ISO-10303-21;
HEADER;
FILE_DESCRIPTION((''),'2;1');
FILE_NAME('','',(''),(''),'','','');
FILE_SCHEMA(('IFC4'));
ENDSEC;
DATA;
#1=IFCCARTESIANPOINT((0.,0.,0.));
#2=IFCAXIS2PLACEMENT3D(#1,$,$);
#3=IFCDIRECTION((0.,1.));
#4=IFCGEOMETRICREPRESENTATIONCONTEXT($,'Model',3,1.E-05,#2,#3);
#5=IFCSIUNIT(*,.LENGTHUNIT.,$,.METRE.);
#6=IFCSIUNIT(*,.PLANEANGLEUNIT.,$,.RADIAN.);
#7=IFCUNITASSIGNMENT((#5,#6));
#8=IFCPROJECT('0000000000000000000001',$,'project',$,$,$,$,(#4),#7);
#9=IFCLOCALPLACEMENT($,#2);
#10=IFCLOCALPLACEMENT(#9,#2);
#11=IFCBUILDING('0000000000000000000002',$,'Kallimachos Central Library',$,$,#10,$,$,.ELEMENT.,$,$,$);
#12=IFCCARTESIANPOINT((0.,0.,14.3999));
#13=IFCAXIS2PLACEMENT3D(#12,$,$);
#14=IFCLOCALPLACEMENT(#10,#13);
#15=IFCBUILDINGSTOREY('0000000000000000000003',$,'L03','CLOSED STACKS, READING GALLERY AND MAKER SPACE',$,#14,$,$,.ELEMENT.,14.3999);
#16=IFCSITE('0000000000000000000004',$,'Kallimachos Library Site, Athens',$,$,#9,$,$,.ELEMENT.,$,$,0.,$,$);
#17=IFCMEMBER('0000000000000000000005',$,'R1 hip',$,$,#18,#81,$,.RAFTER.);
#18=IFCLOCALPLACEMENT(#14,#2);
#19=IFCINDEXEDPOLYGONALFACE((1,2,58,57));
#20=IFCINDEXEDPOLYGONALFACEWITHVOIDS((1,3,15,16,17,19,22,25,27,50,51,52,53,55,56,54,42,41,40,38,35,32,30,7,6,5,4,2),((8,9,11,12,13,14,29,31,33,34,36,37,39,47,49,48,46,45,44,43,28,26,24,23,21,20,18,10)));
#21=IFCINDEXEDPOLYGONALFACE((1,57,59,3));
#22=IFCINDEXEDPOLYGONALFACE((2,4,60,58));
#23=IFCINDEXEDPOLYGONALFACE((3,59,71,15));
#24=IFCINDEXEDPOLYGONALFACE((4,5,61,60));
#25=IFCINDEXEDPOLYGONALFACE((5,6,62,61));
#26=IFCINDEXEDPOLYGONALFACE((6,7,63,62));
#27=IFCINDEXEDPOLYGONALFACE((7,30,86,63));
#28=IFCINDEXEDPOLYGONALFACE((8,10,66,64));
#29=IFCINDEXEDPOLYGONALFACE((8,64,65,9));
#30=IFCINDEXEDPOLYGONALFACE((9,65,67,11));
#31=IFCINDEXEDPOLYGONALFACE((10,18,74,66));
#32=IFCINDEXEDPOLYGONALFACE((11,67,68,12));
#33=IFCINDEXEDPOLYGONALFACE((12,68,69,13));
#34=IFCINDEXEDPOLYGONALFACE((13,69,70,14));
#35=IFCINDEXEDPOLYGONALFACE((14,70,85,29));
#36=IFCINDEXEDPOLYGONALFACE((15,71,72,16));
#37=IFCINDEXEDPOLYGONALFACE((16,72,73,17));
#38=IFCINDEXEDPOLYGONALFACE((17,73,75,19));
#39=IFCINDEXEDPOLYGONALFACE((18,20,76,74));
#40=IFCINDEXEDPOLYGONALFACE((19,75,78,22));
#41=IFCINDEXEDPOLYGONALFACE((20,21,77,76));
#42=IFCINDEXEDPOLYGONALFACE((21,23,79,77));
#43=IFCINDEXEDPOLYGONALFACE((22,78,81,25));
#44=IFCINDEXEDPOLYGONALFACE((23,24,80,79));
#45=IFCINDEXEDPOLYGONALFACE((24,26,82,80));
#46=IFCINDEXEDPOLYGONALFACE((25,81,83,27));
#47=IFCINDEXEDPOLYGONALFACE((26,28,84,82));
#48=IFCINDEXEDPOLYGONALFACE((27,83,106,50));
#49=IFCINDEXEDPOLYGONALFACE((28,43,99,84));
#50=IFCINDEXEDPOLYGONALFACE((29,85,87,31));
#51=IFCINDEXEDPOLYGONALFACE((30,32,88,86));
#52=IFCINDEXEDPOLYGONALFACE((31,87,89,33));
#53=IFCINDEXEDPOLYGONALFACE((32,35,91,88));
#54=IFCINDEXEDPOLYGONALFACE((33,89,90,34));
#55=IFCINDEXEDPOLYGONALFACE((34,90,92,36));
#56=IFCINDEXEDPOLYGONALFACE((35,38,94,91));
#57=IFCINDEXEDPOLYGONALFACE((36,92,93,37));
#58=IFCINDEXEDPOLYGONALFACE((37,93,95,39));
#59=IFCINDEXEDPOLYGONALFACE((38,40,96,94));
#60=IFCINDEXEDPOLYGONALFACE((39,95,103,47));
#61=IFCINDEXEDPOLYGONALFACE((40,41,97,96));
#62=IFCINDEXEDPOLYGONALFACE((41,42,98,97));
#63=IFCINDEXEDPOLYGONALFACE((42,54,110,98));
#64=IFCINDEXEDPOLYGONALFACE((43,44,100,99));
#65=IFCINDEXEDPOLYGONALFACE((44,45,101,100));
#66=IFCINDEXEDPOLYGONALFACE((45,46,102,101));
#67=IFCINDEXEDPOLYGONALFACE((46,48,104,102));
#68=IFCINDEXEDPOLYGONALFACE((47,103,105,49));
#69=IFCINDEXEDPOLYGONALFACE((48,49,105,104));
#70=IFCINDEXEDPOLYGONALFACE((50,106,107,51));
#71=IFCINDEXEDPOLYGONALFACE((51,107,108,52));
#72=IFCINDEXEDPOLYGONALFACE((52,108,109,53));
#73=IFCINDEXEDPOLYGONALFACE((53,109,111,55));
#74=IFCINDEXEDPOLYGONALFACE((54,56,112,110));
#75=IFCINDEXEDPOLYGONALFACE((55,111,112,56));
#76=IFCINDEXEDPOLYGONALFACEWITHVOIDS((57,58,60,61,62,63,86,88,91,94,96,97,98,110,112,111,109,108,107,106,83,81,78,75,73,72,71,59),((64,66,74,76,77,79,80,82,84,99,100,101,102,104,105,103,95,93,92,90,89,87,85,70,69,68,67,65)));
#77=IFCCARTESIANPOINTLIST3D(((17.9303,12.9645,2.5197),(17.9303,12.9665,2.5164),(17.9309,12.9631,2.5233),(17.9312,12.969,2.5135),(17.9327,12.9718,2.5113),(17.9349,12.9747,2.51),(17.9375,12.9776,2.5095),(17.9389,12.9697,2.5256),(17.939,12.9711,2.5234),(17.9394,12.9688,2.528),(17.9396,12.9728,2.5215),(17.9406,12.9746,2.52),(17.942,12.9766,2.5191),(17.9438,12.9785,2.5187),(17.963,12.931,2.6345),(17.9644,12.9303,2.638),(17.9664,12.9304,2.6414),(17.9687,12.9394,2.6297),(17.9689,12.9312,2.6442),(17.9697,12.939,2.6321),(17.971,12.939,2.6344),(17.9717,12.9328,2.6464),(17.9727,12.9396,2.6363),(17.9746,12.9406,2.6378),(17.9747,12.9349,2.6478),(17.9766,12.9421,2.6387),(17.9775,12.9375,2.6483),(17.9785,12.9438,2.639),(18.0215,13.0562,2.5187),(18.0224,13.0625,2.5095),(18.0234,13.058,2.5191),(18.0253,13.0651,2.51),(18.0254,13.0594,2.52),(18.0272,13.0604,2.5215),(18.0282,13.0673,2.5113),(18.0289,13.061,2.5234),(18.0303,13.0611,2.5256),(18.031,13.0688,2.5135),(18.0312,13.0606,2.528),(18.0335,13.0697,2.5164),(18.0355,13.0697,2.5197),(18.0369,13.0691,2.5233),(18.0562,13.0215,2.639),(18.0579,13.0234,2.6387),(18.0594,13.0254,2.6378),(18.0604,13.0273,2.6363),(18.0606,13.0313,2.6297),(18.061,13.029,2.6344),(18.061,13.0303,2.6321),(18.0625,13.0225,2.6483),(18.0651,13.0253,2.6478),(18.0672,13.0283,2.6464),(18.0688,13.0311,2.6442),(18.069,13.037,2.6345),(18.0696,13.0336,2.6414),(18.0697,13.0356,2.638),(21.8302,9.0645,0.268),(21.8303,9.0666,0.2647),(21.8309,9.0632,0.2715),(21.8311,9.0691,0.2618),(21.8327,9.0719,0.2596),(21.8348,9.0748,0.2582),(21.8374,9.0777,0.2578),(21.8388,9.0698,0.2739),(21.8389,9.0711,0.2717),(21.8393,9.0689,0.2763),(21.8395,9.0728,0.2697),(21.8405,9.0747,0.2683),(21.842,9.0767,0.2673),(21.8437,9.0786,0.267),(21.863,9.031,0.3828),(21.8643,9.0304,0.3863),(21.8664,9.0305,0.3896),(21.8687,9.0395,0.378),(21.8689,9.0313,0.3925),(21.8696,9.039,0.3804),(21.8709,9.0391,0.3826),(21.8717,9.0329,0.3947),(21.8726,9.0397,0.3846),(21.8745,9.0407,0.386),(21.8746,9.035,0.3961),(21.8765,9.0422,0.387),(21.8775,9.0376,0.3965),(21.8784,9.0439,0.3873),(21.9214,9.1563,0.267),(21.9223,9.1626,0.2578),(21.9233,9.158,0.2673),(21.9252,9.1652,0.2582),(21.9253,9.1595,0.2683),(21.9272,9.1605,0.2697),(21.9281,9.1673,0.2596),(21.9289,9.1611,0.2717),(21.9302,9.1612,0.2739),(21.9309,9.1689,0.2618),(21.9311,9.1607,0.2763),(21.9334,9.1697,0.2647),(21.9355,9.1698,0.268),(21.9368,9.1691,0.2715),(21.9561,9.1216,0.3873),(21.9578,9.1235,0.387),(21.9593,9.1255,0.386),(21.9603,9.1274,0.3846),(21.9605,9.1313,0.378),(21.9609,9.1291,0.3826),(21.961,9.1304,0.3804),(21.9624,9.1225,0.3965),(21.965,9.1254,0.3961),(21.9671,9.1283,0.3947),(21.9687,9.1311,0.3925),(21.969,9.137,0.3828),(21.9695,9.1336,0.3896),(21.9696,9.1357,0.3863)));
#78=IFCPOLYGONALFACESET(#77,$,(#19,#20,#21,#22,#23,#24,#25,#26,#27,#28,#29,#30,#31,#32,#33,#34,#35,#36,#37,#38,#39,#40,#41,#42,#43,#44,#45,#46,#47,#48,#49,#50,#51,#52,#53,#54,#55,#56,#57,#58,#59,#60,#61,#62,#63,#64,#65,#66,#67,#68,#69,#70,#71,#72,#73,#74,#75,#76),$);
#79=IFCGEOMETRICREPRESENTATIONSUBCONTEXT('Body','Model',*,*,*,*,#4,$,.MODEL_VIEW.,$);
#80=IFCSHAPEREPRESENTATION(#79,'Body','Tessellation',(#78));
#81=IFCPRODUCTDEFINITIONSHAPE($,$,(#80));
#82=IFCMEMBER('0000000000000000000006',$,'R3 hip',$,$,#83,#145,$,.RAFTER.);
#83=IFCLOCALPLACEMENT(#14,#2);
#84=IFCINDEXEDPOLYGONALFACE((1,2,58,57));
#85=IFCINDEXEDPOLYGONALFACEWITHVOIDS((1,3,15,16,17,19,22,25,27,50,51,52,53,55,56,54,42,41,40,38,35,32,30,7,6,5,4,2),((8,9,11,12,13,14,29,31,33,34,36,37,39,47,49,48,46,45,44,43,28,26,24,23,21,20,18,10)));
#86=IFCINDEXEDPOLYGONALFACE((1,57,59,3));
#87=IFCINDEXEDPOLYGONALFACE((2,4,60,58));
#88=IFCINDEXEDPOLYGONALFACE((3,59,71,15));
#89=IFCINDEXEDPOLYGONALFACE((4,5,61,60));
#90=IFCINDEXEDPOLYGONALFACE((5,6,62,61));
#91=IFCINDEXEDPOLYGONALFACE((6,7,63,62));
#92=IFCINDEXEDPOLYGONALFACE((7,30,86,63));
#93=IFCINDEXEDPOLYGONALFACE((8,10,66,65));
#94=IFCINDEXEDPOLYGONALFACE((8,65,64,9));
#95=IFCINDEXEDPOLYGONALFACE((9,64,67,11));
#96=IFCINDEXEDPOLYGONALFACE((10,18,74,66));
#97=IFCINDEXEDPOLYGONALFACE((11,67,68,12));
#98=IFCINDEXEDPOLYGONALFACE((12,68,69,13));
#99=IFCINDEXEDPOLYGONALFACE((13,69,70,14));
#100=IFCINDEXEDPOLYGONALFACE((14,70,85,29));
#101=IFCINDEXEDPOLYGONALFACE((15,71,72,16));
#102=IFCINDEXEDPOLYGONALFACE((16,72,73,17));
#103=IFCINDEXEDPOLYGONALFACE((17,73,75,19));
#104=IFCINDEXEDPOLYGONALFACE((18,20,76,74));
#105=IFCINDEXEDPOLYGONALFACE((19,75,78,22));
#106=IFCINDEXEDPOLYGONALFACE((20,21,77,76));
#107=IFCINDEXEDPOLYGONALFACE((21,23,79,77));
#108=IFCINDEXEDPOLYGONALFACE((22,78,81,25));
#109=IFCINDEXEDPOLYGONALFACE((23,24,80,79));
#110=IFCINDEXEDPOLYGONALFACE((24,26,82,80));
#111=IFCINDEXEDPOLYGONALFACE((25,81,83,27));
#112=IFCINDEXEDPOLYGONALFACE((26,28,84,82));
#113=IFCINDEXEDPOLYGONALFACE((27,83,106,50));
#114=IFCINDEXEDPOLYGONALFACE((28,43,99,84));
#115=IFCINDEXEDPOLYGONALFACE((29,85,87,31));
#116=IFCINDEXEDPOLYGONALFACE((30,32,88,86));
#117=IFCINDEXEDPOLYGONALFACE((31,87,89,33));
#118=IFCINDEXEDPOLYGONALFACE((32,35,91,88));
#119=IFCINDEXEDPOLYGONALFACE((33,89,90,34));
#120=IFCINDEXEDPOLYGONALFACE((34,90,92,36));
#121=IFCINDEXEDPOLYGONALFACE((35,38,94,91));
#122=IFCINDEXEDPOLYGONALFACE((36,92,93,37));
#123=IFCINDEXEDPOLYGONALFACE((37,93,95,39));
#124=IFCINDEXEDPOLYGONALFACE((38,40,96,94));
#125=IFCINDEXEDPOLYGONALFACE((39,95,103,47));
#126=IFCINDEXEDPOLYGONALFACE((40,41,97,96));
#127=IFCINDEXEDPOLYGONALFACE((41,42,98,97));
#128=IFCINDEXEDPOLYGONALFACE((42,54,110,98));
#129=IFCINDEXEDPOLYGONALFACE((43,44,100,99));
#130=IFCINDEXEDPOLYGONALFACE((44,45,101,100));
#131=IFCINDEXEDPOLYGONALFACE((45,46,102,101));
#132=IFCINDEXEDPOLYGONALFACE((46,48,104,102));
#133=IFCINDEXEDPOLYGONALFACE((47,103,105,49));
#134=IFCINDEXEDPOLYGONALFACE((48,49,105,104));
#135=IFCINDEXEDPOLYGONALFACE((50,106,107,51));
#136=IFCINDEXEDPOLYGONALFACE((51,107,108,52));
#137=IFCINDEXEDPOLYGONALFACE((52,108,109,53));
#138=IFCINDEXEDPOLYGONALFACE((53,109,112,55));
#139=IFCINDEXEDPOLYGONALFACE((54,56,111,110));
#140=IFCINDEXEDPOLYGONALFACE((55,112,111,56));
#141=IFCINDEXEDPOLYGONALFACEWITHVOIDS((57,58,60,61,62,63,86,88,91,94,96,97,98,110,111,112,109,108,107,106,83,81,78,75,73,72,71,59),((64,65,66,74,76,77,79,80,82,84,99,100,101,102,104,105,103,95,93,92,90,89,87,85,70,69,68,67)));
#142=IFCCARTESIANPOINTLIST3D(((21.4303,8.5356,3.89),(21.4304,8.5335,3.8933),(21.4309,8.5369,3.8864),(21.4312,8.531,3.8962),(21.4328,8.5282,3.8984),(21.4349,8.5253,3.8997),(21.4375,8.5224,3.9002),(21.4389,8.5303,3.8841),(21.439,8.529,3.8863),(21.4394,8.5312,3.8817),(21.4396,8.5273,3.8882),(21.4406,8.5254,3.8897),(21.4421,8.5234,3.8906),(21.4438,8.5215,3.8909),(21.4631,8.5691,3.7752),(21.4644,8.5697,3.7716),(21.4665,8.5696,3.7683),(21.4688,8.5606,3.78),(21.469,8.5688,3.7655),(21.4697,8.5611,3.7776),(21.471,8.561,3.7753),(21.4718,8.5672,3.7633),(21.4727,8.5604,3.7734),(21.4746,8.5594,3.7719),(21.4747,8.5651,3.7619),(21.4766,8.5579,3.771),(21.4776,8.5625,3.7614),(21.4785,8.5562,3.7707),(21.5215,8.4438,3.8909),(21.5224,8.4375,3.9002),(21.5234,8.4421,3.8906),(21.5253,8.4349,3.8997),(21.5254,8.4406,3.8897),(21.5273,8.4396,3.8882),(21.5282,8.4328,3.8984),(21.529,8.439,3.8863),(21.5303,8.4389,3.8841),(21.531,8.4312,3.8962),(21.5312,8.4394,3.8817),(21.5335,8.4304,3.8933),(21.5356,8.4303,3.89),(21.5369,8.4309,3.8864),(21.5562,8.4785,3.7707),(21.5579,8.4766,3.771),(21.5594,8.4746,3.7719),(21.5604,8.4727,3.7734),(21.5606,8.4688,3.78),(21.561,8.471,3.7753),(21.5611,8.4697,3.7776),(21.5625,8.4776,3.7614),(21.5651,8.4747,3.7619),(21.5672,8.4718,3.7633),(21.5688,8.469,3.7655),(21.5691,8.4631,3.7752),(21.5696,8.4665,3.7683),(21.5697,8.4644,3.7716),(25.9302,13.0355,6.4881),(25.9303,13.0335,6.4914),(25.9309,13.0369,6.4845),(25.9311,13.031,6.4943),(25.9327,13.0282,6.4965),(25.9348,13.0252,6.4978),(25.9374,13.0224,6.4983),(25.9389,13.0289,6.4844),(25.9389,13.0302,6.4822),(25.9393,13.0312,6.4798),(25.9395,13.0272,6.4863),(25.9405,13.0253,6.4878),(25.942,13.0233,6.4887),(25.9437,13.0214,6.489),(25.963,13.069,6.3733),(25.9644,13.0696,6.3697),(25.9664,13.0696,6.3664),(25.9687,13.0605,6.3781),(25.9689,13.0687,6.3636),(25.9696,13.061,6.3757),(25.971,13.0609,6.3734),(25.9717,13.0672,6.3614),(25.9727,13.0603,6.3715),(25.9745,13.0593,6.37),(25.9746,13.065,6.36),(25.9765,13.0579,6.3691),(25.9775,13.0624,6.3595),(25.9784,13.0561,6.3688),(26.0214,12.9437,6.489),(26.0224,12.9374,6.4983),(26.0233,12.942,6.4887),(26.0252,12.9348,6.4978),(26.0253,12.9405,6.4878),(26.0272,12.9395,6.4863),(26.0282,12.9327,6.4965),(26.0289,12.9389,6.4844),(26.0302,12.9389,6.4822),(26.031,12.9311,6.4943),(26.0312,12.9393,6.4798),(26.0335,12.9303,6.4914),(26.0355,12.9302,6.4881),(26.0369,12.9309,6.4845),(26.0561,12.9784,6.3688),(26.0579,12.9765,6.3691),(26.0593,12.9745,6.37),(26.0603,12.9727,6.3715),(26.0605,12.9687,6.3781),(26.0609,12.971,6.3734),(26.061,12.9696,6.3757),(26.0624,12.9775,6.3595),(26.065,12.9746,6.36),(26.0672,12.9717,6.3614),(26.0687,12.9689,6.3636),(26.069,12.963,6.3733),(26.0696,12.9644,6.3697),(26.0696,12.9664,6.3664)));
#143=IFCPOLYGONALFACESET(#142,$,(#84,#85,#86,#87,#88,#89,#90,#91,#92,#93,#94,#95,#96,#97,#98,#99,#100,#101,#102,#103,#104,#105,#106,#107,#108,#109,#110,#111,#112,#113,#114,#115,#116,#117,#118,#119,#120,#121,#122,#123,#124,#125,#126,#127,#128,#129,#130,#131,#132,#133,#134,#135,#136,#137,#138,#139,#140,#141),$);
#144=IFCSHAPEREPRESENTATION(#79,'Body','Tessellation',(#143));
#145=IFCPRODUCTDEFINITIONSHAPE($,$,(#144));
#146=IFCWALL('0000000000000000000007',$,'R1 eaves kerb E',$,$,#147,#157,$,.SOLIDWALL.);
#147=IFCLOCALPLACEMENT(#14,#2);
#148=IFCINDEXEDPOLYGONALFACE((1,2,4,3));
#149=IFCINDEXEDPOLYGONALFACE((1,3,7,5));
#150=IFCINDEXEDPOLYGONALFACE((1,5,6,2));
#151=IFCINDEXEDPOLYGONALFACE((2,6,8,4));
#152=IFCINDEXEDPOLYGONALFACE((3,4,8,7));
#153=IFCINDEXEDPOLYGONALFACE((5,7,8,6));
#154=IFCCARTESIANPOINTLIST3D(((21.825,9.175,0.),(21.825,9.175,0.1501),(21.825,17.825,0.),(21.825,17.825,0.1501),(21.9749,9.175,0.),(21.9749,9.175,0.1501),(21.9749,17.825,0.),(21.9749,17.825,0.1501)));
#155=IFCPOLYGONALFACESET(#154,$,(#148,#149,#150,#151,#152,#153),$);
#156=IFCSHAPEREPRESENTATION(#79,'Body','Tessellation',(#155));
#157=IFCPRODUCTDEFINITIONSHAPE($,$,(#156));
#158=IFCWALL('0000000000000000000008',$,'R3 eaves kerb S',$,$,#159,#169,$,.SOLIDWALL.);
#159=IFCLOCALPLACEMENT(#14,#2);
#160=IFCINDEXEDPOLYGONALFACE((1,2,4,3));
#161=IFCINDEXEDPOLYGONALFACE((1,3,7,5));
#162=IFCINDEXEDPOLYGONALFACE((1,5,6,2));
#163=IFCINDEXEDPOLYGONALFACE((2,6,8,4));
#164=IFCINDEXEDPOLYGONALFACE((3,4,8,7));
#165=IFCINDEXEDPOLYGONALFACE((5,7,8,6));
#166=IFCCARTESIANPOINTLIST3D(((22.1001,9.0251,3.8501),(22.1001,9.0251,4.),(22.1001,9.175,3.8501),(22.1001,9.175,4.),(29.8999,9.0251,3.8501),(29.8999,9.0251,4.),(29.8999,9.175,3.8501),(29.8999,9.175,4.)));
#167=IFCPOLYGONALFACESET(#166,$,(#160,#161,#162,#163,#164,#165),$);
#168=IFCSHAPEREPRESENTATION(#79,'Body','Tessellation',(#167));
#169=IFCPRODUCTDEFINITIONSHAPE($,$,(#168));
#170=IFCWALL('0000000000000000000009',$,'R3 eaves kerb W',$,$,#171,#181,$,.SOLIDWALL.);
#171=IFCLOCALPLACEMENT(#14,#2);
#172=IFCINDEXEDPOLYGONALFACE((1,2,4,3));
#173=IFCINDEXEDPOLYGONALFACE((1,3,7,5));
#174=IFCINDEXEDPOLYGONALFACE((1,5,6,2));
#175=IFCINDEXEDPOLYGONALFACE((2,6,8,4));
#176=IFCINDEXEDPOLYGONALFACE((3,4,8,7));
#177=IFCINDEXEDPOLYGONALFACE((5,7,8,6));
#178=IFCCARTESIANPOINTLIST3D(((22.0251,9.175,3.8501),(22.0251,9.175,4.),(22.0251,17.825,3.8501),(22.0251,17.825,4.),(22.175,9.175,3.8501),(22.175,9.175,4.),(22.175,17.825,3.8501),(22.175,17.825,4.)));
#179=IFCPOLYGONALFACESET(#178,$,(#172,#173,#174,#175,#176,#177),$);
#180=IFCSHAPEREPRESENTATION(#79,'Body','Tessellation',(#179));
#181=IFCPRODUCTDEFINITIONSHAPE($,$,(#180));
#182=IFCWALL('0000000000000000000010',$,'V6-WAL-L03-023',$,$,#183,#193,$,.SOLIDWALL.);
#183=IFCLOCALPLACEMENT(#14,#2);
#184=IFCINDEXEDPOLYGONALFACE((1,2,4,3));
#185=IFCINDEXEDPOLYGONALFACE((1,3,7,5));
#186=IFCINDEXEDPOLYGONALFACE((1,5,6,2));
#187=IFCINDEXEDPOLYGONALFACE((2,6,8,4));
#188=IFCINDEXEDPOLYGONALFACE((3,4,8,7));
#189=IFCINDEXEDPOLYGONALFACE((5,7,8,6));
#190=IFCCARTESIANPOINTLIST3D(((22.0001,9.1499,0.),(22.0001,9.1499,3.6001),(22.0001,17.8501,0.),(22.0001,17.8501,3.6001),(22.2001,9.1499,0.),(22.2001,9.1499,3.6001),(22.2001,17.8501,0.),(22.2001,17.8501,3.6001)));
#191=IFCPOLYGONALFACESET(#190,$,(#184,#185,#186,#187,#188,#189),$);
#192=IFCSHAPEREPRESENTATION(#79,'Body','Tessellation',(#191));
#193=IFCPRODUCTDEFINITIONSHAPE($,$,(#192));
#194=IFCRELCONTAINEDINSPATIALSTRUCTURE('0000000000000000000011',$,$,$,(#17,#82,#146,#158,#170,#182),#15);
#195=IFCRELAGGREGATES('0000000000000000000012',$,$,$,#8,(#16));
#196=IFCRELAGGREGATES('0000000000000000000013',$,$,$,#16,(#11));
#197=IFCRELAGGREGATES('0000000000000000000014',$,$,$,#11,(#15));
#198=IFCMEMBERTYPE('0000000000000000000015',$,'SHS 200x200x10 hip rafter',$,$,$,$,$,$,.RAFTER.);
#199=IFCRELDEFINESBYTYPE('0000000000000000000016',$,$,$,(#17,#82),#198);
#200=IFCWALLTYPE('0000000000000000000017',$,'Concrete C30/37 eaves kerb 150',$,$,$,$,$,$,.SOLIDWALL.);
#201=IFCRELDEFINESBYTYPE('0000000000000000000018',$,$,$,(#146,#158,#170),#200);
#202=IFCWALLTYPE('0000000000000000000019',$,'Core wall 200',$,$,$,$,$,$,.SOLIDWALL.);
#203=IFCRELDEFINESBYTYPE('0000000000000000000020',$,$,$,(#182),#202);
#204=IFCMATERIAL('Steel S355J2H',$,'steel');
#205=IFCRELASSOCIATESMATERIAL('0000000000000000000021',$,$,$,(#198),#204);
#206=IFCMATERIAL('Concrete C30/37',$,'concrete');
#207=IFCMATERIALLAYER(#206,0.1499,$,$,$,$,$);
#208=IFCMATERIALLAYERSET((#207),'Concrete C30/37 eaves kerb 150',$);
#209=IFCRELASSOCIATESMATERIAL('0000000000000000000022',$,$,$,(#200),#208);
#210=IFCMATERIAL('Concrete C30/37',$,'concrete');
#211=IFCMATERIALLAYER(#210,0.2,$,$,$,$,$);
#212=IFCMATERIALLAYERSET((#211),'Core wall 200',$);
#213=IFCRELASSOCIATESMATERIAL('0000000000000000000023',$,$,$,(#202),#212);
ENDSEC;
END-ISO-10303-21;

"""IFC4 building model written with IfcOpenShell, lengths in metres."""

from ifc_helpers import new_model, si_unit, direction, frame, frame_2d, origin, origin_2d, place, context, subcontext, project, spatial, rectangle, hollow_rectangle, extrude, material, layer, layer_set, material_profile, profile_set, type_object, element, save


model = new_model("IFC4")

# Units and contexts
model_context = context("Model", 3, precision=1e-05, world=origin(), true_north=direction((0.0, 1.0)))
body_context = subcontext(model_context, "Body", "Model", "MODEL_VIEW")
ifc_project = project(units=[si_unit("LENGTHUNIT", "METRE"), si_unit("PLANEANGLEUNIT", "RADIAN")], contexts=[model_context])

# Site, building, storey
site_placement = place(None, origin())
site = spatial("IfcSite", under=ifc_project, at=site_placement, Name="Kallimachos Library Site, Athens", CompositionType="ELEMENT", RefElevation=0.0)
building_placement = place(site_placement, origin())
building = spatial("IfcBuilding", under=site, at=building_placement, Name="Kallimachos Central Library", CompositionType="ELEMENT")
storey_placement = place(building_placement, frame((0.0, 0.0, 14.3999)))
storey = spatial("IfcBuildingStorey", under=building, at=storey_placement, Name="L03", Description="CLOSED STACKS, READING GALLERY AND MAKER SPACE", CompositionType="ELEMENT", Elevation=14.3999)

# Members
ifc_material_1 = material(Name="Steel S355J2H", Category="steel")
ifc_material_profile_1 = material_profile(ifc_material_1, hollow_rectangle(XDim=0.1499, YDim=0.1499, WallThickness=0.01, InnerFilletRadius=0.01, OuterFilletRadius=0.0149, at=origin_2d()), Name="SHS 150x150x10")
ifc_profile_set_1 = profile_set([ifc_material_profile_1], Name="Steel S355J2H")
member_type_1 = type_object("IfcMemberType", Name="SHS 200x200x10 hip rafter", PredefinedType="RAFTER", material=ifc_profile_set_1)
member_1_placement = place(storey_placement, frame((21.8999, 9.1001, 0.3271), z_axis=(-0.65465, 0.65465, 0.377979), x_axis=(-0.707107, -0.707107, 0.0)))
element("IfcMember", 1, at=member_1_placement, inside=storey, type_object=member_type_1, Name="R1 hip", PredefinedType="RAFTER", context=body_context, shape_type="SweptSolid", body=[
    extrude(hollow_rectangle(XDim=0.1499, YDim=0.1499, WallThickness=0.01, InnerFilletRadius=0.01, OuterFilletRadius=0.0149, at=origin_2d()), origin(), (0.0, 0.0, 1.0), 5.9573),
])
member_2_placement = place(storey_placement, frame((21.5, 8.5, 3.8308), z_axis=(0.654651, 0.654651, 0.377973), x_axis=(-0.707107, 0.707107, 0.0)))
element("IfcMember", 2, at=member_2_placement, inside=storey, type_object=member_type_1, Name="R3 hip", PredefinedType="RAFTER", context=body_context, shape_type="SweptSolid", body=[
    extrude(hollow_rectangle(XDim=0.1499, YDim=0.1499, WallThickness=0.01, InnerFilletRadius=0.01, OuterFilletRadius=0.0149, at=origin_2d()), origin(), (0.0, 0.0, 1.0), 6.8738),
])

# Walls
ifc_material_2 = material(Name="Concrete C30/37", Category="concrete")
ifc_layer_1 = layer(ifc_material_2, 0.1499)
ifc_layer_set_1 = layer_set([ifc_layer_1], Name="Concrete C30/37 eaves kerb 150")
wall_type_1 = type_object("IfcWallType", Name="Concrete C30/37 eaves kerb 150", PredefinedType="SOLIDWALL", material=ifc_layer_set_1)
wall_1_placement = place(storey_placement, frame((21.8999, 9.175, 0.0), z_axis=(0.0, 0.0, 1.0), x_axis=(0.0, 1.0, 0.0)))
element("IfcWall", 3, at=wall_1_placement, inside=storey, type_object=wall_type_1, Name="R1 eaves kerb E", PredefinedType="SOLIDWALL", context=body_context, shape_type="SweptSolid", body=[
    extrude(rectangle(XDim=8.6499, YDim=0.1499, at=frame_2d((4.325, 0.0))), origin(), (0.0, 0.0, 1.0), 0.1501),
])
wall_2_placement = place(storey_placement, frame((22.1001, 9.1001, 3.8501), z_axis=(0.0, 0.0, 1.0), x_axis=(1.0, 0.0, 0.0)))
element("IfcWall", 4, at=wall_2_placement, inside=storey, type_object=wall_type_1, Name="R3 eaves kerb S", PredefinedType="SOLIDWALL", context=body_context, shape_type="SweptSolid", body=[
    extrude(rectangle(XDim=7.7998, YDim=0.1499, at=frame_2d((3.8999, 0.0))), origin(), (0.0, 0.0, 1.0), 0.1499),
])
wall_3_placement = place(storey_placement, frame((22.1001, 9.175, 3.8501), z_axis=(0.0, 0.0, 1.0), x_axis=(0.0, 1.0, 0.0)))
element("IfcWall", 5, at=wall_3_placement, inside=storey, type_object=wall_type_1, Name="R3 eaves kerb W", PredefinedType="SOLIDWALL", context=body_context, shape_type="SweptSolid", body=[
    extrude(rectangle(XDim=8.6499, YDim=0.1499, at=frame_2d((4.325, 0.0))), origin(), (0.0, 0.0, 1.0), 0.1499),
])
ifc_material_3 = material(Name="Concrete C30/37", Category="concrete")
ifc_layer_2 = layer(ifc_material_3, 0.2)
ifc_layer_set_2 = layer_set([ifc_layer_2], Name="Core wall 200")
wall_type_2 = type_object("IfcWallType", Name="Core wall 200", PredefinedType="SOLIDWALL", material=ifc_layer_set_2)
wall_4_placement = place(storey_placement, frame((22.1001, 9.1499, 0.0), z_axis=(0.0, 0.0, 1.0), x_axis=(0.0, 1.0, 0.0)))
element("IfcWall", 6, at=wall_4_placement, inside=storey, type_object=wall_type_2, Name="V6-WAL-L03-023", PredefinedType="SOLIDWALL", context=body_context, shape_type="SweptSolid", body=[
    extrude(rectangle(XDim=8.7002, YDim=0.2, at=frame_2d((4.3501, 0.0))), origin(), (0.0, 0.0, 1.0), 3.6001),
])

save(model, "model.ifc")
